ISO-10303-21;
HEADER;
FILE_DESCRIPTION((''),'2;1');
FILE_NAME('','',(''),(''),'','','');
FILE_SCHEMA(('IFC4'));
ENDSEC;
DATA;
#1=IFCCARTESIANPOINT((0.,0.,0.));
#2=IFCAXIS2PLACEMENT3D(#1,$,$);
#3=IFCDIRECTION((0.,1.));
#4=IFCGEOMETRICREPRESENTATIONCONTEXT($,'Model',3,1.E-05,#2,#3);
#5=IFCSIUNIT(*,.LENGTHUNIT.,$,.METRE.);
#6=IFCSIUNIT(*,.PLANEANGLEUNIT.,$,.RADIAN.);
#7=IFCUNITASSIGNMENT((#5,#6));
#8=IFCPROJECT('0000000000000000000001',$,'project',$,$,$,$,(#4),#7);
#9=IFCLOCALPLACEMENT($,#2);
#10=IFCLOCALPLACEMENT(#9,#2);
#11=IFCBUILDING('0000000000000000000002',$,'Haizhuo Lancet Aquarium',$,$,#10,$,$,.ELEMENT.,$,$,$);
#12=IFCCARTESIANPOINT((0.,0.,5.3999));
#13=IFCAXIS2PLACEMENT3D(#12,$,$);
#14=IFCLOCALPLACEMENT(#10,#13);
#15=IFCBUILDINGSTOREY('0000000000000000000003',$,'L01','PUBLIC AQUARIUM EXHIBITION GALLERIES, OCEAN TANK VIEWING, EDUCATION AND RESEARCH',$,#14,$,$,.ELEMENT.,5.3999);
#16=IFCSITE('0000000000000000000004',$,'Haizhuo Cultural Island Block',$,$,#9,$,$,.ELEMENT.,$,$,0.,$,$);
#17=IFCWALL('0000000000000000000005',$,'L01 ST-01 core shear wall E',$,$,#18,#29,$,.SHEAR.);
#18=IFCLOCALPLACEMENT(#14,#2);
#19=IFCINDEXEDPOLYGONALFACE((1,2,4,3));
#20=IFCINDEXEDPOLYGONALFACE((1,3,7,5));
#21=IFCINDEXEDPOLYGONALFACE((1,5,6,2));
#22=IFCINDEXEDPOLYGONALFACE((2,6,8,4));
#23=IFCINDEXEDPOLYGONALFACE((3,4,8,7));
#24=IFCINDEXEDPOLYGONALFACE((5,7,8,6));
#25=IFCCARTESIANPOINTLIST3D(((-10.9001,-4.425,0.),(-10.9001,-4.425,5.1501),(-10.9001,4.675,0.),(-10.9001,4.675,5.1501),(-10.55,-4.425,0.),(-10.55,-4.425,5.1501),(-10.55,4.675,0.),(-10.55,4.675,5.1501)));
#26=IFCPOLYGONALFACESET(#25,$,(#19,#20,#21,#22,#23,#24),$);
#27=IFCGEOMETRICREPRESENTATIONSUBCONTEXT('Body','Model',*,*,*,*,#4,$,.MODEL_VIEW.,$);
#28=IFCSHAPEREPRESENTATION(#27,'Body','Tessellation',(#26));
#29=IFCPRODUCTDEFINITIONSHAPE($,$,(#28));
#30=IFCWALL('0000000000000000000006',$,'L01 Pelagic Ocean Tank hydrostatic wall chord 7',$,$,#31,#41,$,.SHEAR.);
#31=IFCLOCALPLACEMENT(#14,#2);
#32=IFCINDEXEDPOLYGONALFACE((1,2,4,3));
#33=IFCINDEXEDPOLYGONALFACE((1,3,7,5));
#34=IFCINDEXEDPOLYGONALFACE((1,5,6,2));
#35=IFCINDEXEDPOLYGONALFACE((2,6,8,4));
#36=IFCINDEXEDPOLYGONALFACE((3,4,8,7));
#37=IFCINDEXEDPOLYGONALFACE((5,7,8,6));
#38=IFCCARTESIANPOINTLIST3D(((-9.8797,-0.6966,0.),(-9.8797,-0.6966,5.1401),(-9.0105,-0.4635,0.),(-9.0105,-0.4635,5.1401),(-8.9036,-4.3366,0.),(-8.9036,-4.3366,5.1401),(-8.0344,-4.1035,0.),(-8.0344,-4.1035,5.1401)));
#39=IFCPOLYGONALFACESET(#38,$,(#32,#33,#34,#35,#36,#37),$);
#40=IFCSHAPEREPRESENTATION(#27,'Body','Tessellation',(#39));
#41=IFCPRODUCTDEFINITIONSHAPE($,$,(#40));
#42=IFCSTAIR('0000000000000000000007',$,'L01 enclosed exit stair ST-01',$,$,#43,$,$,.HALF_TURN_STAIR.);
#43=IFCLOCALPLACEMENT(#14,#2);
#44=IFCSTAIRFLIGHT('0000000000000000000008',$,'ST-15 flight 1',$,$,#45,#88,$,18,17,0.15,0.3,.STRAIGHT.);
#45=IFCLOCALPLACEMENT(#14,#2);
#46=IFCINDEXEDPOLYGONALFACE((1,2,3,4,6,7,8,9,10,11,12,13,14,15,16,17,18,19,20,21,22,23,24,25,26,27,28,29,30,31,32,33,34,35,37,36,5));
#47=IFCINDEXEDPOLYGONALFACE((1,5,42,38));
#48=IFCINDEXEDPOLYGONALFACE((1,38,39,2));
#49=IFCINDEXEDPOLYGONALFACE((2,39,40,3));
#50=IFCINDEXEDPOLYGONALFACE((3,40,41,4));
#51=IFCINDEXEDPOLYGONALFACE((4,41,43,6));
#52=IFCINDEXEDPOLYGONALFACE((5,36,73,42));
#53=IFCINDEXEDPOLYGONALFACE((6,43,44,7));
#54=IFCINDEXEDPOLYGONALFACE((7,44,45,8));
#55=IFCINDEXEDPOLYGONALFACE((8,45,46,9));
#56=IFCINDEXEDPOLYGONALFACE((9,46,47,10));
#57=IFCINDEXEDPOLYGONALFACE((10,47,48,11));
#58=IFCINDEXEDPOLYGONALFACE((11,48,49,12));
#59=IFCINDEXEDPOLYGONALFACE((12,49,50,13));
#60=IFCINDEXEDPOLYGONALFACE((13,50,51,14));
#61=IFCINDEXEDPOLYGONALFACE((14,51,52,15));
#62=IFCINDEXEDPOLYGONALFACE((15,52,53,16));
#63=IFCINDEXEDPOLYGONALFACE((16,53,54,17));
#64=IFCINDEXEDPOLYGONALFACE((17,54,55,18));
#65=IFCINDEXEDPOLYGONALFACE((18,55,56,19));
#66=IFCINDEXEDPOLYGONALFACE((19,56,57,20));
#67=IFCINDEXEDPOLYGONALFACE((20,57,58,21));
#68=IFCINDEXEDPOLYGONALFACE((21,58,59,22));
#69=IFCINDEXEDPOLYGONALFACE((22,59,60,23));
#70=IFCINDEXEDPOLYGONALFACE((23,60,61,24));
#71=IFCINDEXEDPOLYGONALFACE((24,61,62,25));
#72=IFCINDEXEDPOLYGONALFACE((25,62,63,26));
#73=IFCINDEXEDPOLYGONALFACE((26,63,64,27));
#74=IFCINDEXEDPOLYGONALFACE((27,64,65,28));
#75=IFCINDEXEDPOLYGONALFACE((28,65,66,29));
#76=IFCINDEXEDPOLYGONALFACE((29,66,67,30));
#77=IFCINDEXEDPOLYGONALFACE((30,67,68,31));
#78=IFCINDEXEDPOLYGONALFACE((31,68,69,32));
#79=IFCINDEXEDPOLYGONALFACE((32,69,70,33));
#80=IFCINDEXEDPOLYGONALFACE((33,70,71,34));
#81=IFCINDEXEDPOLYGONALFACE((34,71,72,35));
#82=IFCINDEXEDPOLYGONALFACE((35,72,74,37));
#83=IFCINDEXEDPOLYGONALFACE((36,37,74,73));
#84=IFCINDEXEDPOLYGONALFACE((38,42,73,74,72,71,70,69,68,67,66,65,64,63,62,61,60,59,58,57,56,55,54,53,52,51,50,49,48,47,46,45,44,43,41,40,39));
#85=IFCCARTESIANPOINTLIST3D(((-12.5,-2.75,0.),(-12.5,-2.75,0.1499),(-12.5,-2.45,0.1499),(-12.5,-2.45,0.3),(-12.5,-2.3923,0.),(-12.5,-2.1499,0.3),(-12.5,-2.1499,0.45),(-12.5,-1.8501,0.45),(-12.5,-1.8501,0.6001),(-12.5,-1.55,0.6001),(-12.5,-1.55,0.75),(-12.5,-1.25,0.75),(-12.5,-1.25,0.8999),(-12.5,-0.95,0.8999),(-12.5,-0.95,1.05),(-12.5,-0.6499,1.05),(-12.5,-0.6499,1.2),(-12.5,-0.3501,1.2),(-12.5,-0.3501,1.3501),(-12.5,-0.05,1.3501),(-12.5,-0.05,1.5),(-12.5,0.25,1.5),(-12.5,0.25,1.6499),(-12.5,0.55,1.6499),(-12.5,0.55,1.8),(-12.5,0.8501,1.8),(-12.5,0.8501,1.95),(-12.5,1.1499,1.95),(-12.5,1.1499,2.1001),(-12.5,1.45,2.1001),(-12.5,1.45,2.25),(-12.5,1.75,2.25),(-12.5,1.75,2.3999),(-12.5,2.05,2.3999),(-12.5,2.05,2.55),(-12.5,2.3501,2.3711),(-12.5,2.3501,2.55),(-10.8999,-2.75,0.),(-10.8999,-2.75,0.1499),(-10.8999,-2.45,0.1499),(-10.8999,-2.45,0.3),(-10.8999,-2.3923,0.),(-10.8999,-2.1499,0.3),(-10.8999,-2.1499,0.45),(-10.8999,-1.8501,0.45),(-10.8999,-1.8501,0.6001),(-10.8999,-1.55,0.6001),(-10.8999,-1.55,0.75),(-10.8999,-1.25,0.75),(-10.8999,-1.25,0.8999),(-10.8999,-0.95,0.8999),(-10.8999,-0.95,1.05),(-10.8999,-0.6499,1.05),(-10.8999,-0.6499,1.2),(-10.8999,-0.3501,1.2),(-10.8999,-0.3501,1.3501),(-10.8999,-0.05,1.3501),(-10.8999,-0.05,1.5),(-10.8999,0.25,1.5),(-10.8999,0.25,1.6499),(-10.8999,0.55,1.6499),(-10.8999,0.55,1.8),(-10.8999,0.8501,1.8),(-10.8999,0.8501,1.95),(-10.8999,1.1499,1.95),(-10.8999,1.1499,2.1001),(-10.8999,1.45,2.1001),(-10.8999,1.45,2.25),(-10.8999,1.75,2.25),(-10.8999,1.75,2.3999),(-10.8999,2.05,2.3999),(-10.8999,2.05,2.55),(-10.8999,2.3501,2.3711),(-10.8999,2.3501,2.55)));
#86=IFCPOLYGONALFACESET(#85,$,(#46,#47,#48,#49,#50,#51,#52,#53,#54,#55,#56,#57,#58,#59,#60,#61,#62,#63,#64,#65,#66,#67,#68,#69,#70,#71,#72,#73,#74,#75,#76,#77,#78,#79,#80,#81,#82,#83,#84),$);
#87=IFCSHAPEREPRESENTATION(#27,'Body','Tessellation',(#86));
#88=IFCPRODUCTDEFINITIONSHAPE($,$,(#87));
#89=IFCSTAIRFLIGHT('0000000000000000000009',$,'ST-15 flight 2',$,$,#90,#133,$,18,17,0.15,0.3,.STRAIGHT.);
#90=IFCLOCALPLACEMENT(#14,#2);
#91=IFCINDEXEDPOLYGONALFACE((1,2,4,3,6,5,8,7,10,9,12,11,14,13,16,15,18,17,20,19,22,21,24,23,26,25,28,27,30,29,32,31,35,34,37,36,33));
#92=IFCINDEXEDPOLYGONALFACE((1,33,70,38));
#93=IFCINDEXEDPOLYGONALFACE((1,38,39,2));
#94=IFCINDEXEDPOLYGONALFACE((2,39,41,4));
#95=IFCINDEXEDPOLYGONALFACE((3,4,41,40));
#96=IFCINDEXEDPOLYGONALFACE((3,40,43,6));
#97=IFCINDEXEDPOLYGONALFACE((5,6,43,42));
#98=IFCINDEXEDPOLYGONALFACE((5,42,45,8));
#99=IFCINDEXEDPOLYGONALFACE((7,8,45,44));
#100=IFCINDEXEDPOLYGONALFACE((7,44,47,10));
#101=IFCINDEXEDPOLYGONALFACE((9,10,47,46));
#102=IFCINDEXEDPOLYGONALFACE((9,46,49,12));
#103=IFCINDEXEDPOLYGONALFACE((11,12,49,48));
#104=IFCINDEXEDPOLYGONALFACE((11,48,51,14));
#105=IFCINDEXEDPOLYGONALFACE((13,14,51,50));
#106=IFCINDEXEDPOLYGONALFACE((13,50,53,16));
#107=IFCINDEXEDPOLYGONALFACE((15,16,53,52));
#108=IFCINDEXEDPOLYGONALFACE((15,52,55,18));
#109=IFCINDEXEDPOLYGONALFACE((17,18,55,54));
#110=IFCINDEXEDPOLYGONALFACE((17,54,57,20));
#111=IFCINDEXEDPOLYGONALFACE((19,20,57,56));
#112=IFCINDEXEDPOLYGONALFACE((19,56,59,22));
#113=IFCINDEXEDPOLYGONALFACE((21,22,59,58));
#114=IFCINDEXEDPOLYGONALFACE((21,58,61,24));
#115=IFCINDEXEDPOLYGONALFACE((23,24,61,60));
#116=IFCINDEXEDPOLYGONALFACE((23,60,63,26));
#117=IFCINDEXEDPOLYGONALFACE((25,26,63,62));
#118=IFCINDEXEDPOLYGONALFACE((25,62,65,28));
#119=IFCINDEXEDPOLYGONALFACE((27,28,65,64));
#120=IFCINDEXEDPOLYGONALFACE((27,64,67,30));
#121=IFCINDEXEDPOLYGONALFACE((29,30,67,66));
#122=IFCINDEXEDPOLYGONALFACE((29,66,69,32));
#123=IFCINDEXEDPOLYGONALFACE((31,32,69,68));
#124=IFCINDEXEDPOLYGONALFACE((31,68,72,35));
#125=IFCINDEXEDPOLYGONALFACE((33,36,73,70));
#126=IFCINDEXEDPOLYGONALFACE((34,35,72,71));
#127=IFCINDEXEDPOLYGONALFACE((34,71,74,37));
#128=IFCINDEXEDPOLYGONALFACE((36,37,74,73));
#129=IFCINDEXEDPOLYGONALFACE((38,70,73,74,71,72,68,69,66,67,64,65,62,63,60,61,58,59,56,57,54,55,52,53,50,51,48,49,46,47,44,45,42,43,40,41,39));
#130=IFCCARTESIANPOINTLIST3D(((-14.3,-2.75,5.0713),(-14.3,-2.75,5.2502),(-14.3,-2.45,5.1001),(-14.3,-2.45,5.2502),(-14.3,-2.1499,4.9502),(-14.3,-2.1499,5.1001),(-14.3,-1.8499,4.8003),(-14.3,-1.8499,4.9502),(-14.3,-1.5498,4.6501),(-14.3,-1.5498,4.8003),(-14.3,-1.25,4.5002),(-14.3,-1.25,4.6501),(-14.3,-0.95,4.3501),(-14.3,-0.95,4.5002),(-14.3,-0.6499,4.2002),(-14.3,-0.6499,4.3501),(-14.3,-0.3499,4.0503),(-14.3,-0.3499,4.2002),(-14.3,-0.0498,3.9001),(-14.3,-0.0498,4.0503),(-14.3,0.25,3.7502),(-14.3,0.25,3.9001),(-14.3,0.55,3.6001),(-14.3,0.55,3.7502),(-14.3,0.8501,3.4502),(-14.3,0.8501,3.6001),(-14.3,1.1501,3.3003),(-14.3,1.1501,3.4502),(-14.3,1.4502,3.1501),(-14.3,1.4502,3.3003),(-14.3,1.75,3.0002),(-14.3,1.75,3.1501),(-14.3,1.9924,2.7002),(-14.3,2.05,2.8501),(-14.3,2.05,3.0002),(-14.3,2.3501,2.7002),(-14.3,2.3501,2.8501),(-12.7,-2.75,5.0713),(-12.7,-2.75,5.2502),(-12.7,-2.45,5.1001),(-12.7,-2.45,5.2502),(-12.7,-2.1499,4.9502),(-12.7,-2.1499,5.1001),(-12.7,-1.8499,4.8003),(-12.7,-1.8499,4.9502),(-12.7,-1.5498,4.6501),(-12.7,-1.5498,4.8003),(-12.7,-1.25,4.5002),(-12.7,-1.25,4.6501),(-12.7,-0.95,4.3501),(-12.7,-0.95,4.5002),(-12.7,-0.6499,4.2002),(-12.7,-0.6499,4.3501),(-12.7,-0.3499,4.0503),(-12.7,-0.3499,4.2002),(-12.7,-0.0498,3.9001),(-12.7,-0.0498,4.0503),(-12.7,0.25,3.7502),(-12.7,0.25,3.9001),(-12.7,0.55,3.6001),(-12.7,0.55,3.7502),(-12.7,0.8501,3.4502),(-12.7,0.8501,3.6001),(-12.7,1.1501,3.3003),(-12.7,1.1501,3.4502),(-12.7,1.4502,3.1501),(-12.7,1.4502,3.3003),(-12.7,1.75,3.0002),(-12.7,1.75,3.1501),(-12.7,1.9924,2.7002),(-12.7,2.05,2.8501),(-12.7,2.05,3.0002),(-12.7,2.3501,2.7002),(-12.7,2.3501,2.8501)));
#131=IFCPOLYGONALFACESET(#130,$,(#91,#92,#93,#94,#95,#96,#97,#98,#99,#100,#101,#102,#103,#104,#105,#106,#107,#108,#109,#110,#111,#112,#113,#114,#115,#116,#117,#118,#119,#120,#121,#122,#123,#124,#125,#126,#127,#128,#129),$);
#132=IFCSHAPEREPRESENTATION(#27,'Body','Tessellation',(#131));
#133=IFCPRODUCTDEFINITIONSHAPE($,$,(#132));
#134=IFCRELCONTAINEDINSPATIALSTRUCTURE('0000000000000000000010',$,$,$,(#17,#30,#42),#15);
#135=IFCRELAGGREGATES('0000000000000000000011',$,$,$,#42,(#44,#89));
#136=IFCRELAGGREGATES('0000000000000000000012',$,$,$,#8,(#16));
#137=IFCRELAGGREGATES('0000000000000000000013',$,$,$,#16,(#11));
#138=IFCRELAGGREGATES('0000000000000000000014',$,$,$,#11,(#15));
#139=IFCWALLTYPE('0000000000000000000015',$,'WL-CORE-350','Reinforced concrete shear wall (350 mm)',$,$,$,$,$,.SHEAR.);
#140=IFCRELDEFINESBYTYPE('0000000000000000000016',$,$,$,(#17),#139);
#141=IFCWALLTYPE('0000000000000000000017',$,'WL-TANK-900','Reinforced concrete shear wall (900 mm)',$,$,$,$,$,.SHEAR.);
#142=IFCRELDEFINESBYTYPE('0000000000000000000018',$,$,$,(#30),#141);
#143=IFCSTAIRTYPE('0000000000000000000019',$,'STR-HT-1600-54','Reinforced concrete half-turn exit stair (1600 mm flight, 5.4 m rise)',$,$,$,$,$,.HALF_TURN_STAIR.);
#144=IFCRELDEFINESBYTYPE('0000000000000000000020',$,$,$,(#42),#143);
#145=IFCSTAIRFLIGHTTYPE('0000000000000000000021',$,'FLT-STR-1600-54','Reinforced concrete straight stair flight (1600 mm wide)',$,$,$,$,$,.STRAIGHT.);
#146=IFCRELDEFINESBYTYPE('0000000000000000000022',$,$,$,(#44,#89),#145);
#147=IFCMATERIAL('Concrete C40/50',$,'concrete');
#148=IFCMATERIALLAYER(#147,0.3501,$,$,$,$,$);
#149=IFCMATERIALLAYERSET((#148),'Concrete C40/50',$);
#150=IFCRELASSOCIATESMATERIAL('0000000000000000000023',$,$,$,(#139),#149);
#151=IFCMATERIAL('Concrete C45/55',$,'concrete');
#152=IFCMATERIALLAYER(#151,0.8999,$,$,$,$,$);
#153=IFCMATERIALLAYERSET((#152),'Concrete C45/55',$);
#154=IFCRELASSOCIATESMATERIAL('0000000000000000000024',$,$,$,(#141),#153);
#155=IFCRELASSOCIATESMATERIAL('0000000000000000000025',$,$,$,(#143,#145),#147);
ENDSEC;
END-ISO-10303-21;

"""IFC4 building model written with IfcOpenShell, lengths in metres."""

from ifc_helpers import new_model, si_unit, direction, frame, frame_2d, origin, place, context, subcontext, project, spatial, polyline, rectangle, outline, extrude, material, layer, layer_set, type_object, element, aggregate, save


model = new_model("IFC4")

# Units and contexts
model_context = context("Model", 3, precision=1e-05, world=origin(), true_north=direction((0.0, 1.0)))
body_context = subcontext(model_context, "Body", "Model", "MODEL_VIEW")
ifc_project = project(units=[si_unit("LENGTHUNIT", "METRE"), si_unit("PLANEANGLEUNIT", "RADIAN")], contexts=[model_context])

# Site, building, storey
site_placement = place(None, origin())
site = spatial("IfcSite", under=ifc_project, at=site_placement, Name="Haizhuo Cultural Island Block", CompositionType="ELEMENT", RefElevation=0.0)
building_placement = place(site_placement, origin())
building = spatial("IfcBuilding", under=site, at=building_placement, Name="Haizhuo Lancet Aquarium", CompositionType="ELEMENT")
storey_placement = place(building_placement, frame((0.0, 0.0, 5.3999)))
storey = spatial("IfcBuildingStorey", under=building, at=storey_placement, Name="L01", Description="PUBLIC AQUARIUM EXHIBITION GALLERIES, OCEAN TANK VIEWING, EDUCATION AND RESEARCH", CompositionType="ELEMENT", Elevation=5.3999)

# Shared definitions
ifc_material_1 = material(Name="Concrete C40/50", Category="concrete")

# Shared definitions
ifc_layer_1 = layer(ifc_material_1, 0.3501)
ifc_layer_set_1 = layer_set([ifc_layer_1], Name="Concrete C40/50")
wall_type_1 = type_object("IfcWallType", Name="WL-CORE-350", Description="Reinforced concrete shear wall (350 mm)", PredefinedType="SHEAR", material=ifc_layer_set_1)

# Walls
for number, where, z_axis, x_axis, name in (
    (1, (-10.7251, -4.425, 0.0), (0.0, 0.0, 1.0), (0.0, 1.0, 0.0), "L01 ST-01 core shear wall E"),
):
    element("IfcWall", number, at=place(storey_placement, frame(where, z_axis=z_axis, x_axis=x_axis)), inside=storey, type_object=wall_type_1, Name=name, PredefinedType="SHEAR", context=body_context, shape_type="SweptSolid", body=[
        extrude(rectangle(XDim=9.1001, YDim=0.3501, at=frame_2d((4.55, 0.0))), origin(), (0.0, 0.0, 1.0), 5.1501),
    ])
ifc_material_2 = material(Name="Concrete C45/55", Category="concrete")
ifc_layer_2 = layer(ifc_material_2, 0.8999)
ifc_layer_set_2 = layer_set([ifc_layer_2], Name="Concrete C45/55")
wall_type_2 = type_object("IfcWallType", Name="WL-TANK-900", Description="Reinforced concrete shear wall (900 mm)", PredefinedType="SHEAR", material=ifc_layer_set_2)
wall_1_placement = place(storey_placement, frame((-9.4451, -0.5801, 0.0), z_axis=(0.0, 0.0, 1.0), x_axis=(0.259009, -0.965875, 0.0)))
element("IfcWall", 2, at=wall_1_placement, inside=storey, type_object=wall_type_2, Name="L01 Pelagic Ocean Tank hydrostatic wall chord 7", PredefinedType="SHEAR", context=body_context, shape_type="SweptSolid", body=[
    extrude(rectangle(XDim=3.7686, YDim=0.8999, at=frame_2d((1.8843, 0.0))), origin(), (0.0, 0.0, 1.0), 5.1401),
])

# Stair, stair flights
stair_type = type_object("IfcStairType", Name="STR-HT-1600-54", Description="Reinforced concrete half-turn exit stair (1600 mm flight, 5.4 m rise)", PredefinedType="HALF_TURN_STAIR", material=ifc_material_1)
stair_placement = place(storey_placement, origin())
stair = element("IfcStair", 3, at=stair_placement, inside=storey, type_object=stair_type, Name="L01 enclosed exit stair ST-01", PredefinedType="HALF_TURN_STAIR")
stair_flight_type = type_object("IfcStairFlightType", Name="FLT-STR-1600-54", Description="Reinforced concrete straight stair flight (1600 mm wide)", PredefinedType="STRAIGHT", material=ifc_material_1)
stair_flight_1_placement = place(storey_placement, frame((-11.7, -2.75, 0.0), z_axis=(0.0, 0.0, 1.0), x_axis=(0.0, 1.0, 0.0)))
stair_flight_1 = element("IfcStairFlight", 4, at=stair_flight_1_placement, type_object=stair_flight_type, Name="ST-15 flight 1", NumberOfRisers=18, NumberOfTreads=17, PredefinedType="STRAIGHT", RiserHeight=0.15, TreadLength=0.3, context=body_context, shape_type="SweptSolid", body=[
    extrude(outline(polyline([(0.0, 0.0), (0.0, 0.1499), (0.3, 0.1499), (0.3, 0.3), (0.6001, 0.3), (0.6001, 0.45), (0.8999, 0.45), (0.8999, 0.6001), (1.2, 0.6001), (1.2, 0.75), (1.5, 0.75), (1.5, 0.8999), (1.8, 0.8999), (1.8, 1.05), (2.1001, 1.05), (2.1001, 1.2), (2.3999, 1.2), (2.3999, 1.3501), (2.7, 1.3501), (2.7, 1.5), (3.0, 1.5), (3.0, 1.6499), (3.3, 1.6499), (3.3, 1.8), (3.6001, 1.8), (3.6001, 1.95), (3.8999, 1.95), (3.8999, 2.1001), (4.2, 2.1001), (4.2, 2.25), (4.5, 2.25), (4.5, 2.3999), (4.8, 2.3999), (4.8, 2.55), (5.1001, 2.55), (5.1001, 2.7), (5.1001, 2.3711), (0.3577, 0.0), (0.0, 0.0)])), frame((0.0, 0.8, 0.0), z_axis=(0.0, -1.0, 0.0), x_axis=(1.0, 0.0, 0.0)), (0.0, 0.0, 1.0), 1.6001),
])
stair_flight_2_placement = place(storey_placement, frame((-13.5, 2.3501, 2.7002), z_axis=(0.0, 0.0, 1.0), x_axis=(0.0, -1.0, 0.0)))
stair_flight_2 = element("IfcStairFlight", 5, at=stair_flight_2_placement, type_object=stair_flight_type, Name="ST-15 flight 2", NumberOfRisers=18, NumberOfTreads=17, PredefinedType="STRAIGHT", RiserHeight=0.15, TreadLength=0.3, context=body_context, shape_type="SweptSolid", body=[
    extrude(outline(polyline([(0.0, 0.0), (0.0, 0.1499), (0.3, 0.1499), (0.3, 0.3), (0.6001, 0.3), (0.6001, 0.45), (0.8999, 0.45), (0.8999, 0.6001), (1.2, 0.6001), (1.2, 0.75), (1.5, 0.75), (1.5, 0.8999), (1.8, 0.8999), (1.8, 1.05), (2.1001, 1.05), (2.1001, 1.2), (2.3999, 1.2), (2.3999, 1.3501), (2.7, 1.3501), (2.7, 1.5), (3.0, 1.5), (3.0, 1.6499), (3.3, 1.6499), (3.3, 1.8), (3.6001, 1.8), (3.6001, 1.95), (3.8999, 1.95), (3.8999, 2.1001), (4.2, 2.1001), (4.2, 2.25), (4.5, 2.25), (4.5, 2.3999), (4.8, 2.3999), (4.8, 2.55), (5.1001, 2.55), (5.1001, 2.7), (5.1001, 2.3711), (0.3577, 0.0), (0.0, 0.0)])), frame((0.0, 0.8, 0.0), z_axis=(0.0, -1.0, 0.0), x_axis=(1.0, 0.0, 0.0)), (0.0, 0.0, 1.0), 1.6001),
])
aggregate(stair, [stair_flight_1, stair_flight_2])

save(model, "model.ifc")
